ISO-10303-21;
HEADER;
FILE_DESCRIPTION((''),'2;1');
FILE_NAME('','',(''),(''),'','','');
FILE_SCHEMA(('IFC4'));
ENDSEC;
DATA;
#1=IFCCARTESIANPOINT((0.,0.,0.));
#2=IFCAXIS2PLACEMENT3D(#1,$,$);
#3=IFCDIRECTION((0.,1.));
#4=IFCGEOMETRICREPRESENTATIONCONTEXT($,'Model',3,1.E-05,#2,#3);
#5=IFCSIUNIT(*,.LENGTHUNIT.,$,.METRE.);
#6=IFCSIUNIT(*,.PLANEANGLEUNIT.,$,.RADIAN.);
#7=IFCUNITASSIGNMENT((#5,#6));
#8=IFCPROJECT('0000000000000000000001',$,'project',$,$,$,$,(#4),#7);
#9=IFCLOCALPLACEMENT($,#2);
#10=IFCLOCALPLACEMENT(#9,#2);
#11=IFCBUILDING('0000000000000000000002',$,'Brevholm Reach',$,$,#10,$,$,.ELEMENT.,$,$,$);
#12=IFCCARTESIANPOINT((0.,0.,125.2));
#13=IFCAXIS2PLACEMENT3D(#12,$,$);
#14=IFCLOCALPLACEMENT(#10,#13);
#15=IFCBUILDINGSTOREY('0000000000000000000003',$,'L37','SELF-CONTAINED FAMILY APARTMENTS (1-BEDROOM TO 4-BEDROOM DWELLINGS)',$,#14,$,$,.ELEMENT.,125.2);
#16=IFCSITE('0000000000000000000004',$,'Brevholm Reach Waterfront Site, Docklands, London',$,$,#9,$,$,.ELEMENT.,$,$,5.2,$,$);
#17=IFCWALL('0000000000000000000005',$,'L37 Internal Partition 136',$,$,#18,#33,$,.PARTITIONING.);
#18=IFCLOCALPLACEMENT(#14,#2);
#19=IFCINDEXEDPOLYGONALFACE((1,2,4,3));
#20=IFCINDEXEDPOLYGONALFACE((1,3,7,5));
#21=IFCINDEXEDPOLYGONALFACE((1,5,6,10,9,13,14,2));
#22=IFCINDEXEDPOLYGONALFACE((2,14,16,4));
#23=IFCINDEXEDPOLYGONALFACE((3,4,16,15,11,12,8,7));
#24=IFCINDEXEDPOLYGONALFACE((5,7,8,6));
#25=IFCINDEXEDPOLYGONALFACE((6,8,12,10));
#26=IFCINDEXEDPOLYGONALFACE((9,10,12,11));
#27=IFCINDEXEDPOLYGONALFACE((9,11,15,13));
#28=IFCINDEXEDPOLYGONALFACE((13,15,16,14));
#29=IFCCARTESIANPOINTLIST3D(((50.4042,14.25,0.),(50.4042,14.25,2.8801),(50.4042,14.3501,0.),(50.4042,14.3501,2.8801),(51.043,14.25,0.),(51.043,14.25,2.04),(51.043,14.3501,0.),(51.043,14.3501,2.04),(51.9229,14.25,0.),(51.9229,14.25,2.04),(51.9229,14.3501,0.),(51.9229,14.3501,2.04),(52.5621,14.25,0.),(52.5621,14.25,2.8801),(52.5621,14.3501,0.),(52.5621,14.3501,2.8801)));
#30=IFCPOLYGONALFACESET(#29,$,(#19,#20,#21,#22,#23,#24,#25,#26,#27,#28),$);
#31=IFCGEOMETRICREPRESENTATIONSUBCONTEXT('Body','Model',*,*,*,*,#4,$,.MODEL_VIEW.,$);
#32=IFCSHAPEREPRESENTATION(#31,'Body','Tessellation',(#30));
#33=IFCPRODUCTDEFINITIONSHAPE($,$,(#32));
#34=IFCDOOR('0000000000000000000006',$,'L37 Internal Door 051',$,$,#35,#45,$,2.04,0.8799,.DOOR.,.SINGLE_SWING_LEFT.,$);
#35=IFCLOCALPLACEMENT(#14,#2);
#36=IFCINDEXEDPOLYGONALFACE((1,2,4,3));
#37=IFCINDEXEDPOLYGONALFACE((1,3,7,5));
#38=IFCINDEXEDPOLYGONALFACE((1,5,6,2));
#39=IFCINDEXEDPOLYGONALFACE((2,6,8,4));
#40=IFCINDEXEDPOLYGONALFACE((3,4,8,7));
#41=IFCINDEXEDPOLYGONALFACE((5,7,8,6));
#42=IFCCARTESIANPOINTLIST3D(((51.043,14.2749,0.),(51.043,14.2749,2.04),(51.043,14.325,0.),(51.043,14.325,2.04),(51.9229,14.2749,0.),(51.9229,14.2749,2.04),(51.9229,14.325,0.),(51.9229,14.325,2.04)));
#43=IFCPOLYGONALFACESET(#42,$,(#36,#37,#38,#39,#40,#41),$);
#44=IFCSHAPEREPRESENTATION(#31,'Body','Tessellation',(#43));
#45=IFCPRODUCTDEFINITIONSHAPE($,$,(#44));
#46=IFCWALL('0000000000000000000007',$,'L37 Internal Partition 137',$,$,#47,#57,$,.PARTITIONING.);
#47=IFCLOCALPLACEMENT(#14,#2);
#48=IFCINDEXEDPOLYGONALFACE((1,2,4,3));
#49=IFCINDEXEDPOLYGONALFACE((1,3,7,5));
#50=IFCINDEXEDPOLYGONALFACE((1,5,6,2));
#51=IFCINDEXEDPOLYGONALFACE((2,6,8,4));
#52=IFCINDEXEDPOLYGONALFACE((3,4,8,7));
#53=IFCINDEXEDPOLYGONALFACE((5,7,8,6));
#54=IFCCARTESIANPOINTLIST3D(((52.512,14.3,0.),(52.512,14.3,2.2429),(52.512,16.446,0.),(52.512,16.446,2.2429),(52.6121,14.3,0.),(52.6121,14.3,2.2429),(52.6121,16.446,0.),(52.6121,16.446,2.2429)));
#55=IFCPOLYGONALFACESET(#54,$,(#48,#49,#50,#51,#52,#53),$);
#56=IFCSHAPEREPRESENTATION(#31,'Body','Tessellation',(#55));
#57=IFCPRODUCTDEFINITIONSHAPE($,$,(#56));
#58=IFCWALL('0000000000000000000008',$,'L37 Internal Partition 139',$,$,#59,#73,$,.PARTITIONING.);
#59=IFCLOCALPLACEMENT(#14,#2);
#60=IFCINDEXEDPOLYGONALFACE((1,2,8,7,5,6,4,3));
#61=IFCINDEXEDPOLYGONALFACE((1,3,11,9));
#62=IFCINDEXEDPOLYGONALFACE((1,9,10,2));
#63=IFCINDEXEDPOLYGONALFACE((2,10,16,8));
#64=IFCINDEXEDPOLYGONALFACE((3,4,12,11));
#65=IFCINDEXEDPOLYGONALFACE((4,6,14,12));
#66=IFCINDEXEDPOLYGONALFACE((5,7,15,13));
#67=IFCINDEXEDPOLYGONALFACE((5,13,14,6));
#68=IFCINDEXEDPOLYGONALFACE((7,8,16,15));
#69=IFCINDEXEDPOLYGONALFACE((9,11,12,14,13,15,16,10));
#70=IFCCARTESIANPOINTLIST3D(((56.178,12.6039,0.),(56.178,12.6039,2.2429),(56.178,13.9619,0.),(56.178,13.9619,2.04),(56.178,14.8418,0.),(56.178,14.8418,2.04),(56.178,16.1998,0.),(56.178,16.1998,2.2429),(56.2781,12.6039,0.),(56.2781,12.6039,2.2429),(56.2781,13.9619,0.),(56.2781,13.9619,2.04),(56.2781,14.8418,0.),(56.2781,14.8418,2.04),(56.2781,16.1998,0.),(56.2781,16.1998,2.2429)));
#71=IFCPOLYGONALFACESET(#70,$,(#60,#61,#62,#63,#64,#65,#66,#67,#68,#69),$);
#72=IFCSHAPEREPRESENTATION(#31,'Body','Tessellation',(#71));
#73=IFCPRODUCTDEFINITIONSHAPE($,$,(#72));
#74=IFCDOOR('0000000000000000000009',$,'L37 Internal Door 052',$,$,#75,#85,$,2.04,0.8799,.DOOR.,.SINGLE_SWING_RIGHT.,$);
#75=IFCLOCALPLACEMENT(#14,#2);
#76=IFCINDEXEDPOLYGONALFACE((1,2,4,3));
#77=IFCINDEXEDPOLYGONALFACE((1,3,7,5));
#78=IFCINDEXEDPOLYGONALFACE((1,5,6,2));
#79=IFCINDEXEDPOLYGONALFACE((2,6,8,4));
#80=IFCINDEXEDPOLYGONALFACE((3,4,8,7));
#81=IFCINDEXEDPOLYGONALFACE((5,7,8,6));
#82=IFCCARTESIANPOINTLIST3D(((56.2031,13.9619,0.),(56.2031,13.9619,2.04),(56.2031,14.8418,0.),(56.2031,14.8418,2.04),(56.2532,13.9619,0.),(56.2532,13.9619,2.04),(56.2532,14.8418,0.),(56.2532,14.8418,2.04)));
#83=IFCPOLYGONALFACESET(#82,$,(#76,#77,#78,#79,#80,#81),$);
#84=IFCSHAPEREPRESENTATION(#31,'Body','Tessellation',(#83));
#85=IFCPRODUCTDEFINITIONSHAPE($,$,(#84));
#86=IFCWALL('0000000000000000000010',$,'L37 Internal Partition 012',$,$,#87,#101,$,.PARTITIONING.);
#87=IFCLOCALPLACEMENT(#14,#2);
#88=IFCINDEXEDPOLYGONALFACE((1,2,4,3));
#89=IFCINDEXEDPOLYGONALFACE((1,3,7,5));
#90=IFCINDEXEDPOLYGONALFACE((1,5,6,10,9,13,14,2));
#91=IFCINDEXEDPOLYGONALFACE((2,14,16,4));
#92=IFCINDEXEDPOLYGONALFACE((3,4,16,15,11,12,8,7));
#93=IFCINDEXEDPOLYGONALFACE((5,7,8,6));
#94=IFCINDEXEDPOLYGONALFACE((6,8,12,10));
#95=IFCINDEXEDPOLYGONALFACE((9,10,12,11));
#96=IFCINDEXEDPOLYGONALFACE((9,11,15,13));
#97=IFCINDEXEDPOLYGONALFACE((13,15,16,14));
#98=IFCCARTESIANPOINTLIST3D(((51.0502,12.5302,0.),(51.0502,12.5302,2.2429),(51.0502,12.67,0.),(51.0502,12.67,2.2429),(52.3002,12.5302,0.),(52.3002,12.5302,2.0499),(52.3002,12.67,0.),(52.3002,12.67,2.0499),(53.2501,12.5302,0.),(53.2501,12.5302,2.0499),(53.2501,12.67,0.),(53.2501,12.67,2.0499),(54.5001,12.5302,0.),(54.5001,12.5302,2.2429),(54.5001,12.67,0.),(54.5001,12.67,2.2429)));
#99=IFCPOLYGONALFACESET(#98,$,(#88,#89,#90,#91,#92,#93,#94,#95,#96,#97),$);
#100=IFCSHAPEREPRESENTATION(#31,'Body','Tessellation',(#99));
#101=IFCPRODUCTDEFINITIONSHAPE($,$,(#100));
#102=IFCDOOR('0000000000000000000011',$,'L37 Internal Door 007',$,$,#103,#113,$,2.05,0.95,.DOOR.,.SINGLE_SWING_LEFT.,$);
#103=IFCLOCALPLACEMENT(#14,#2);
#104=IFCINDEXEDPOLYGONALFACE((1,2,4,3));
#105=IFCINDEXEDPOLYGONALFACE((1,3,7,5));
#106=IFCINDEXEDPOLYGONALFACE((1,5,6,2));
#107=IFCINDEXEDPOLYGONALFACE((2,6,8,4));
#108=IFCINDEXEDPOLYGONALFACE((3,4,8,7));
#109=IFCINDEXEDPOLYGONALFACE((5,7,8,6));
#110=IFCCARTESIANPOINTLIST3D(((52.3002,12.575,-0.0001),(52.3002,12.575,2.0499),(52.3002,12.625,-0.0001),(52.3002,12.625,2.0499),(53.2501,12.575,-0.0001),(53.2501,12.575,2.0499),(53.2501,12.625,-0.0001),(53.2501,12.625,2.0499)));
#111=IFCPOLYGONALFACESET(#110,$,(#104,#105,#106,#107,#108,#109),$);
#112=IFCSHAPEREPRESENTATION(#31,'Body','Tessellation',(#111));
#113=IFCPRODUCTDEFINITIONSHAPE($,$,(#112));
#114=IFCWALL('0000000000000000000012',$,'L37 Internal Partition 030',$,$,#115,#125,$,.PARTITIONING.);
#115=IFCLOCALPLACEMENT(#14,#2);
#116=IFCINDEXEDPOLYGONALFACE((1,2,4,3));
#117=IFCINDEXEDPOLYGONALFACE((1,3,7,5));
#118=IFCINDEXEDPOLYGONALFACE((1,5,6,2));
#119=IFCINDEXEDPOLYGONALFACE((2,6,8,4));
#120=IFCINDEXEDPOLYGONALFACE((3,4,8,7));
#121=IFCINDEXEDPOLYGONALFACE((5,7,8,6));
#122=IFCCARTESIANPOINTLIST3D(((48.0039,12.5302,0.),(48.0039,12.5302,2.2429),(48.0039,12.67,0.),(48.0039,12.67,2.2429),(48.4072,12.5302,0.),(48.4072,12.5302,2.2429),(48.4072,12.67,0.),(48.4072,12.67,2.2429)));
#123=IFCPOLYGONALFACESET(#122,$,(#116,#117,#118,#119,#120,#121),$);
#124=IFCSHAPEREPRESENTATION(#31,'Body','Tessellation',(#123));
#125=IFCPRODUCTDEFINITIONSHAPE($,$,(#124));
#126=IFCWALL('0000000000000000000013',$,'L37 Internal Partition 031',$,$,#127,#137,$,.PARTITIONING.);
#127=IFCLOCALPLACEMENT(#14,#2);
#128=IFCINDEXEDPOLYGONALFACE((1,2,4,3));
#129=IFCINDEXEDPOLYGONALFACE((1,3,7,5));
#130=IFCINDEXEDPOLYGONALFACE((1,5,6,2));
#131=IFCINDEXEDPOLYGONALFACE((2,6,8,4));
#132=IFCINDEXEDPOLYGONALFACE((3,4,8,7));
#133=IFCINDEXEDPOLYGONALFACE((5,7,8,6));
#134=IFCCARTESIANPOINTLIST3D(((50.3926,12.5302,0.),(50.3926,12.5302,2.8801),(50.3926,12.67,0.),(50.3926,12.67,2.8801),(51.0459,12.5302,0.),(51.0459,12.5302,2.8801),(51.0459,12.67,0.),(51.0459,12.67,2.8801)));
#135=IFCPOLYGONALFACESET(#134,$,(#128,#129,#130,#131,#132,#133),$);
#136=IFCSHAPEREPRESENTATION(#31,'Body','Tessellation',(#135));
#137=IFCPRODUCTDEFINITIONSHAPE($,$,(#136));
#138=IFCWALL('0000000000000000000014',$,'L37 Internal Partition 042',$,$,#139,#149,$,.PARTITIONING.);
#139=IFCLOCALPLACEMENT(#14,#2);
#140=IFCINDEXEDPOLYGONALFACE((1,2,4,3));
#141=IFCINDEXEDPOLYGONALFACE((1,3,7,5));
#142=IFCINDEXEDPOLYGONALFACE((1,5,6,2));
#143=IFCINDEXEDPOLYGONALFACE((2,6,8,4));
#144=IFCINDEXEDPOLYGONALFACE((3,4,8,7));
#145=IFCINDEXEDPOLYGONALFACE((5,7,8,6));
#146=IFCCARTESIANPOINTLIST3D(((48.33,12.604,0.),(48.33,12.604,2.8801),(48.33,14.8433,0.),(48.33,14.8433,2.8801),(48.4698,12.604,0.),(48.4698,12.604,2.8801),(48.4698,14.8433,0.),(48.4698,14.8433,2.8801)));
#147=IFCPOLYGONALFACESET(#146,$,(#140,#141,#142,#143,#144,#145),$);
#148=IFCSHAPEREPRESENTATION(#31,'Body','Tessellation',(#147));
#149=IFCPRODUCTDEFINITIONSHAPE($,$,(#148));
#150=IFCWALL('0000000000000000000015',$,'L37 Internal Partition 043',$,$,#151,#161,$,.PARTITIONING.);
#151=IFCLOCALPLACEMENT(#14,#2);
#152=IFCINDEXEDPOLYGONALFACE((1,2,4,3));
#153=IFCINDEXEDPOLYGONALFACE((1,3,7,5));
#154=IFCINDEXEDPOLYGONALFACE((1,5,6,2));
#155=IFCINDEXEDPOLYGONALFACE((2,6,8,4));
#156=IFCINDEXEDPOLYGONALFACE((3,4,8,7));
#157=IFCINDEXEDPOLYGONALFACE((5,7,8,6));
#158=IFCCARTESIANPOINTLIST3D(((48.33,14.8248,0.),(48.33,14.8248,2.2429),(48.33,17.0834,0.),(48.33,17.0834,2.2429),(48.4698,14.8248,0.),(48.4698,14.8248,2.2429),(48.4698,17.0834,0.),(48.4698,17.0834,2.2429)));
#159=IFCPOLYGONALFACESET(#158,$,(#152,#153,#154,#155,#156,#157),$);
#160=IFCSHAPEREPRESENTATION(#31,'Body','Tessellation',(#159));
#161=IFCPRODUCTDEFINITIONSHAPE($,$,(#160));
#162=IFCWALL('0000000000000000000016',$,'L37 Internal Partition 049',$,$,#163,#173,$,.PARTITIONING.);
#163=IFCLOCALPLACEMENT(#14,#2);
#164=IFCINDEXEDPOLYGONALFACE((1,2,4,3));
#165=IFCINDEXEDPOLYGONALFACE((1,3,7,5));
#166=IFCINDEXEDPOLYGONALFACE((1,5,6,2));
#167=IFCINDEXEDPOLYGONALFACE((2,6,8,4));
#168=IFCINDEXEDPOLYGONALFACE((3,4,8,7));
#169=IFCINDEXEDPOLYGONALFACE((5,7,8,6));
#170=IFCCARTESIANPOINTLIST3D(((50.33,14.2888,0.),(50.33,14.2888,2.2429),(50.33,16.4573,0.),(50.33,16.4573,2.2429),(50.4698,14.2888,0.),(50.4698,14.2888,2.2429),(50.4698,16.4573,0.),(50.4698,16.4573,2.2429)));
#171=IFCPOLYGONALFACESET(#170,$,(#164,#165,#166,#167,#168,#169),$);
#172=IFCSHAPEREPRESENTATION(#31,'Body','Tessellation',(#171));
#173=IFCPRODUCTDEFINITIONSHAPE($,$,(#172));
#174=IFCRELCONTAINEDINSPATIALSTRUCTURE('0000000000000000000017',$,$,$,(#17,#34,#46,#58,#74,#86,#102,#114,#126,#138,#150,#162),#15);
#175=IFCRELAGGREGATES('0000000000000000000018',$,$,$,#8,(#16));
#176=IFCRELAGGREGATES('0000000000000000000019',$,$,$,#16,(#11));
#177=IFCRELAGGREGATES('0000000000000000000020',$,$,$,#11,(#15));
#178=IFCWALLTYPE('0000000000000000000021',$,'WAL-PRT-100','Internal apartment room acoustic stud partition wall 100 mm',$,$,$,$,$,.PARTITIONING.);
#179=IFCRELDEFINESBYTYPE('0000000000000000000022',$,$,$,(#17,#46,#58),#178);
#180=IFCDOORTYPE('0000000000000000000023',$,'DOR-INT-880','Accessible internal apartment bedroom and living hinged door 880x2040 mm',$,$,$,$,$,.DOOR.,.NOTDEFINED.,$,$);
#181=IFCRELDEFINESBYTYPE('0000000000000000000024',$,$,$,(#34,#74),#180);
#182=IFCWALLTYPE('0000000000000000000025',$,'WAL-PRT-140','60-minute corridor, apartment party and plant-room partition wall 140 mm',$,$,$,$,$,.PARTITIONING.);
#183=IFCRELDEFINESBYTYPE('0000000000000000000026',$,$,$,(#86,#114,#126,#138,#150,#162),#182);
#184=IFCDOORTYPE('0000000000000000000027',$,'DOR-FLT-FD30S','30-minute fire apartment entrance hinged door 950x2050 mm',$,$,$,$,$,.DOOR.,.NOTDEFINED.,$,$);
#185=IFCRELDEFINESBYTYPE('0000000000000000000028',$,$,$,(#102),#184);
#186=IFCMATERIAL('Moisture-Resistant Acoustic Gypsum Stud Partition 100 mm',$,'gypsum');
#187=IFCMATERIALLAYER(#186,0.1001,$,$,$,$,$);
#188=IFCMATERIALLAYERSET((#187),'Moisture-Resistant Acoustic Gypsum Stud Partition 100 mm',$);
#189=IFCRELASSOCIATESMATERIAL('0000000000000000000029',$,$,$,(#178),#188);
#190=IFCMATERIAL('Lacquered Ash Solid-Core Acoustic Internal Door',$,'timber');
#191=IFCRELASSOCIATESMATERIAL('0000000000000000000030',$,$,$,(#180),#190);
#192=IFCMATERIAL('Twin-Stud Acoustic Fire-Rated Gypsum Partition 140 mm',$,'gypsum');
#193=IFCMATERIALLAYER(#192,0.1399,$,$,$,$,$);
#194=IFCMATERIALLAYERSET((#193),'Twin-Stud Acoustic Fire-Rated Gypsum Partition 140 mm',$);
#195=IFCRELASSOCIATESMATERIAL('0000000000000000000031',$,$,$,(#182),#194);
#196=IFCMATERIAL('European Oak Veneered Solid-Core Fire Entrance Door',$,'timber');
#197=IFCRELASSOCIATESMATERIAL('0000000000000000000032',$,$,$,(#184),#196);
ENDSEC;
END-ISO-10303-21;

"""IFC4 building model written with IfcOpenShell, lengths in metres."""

from ifc_helpers import new_model, si_unit, direction, frame, frame_2d, origin, place, context, subcontext, project, spatial, rectangle, extrude, material, layer, layer_set, type_object, element, fill, save


model = new_model("IFC4")

# Units and contexts
model_context = context("Model", 3, precision=1e-05, world=origin(), true_north=direction((0.0, 1.0)))
body_context = subcontext(model_context, "Body", "Model", "MODEL_VIEW")
ifc_project = project(units=[si_unit("LENGTHUNIT", "METRE"), si_unit("PLANEANGLEUNIT", "RADIAN")], contexts=[model_context])

# Site, building, storey
site_placement = place(None, origin())
site = spatial("IfcSite", under=ifc_project, at=site_placement, Name="Brevholm Reach Waterfront Site, Docklands, London", CompositionType="ELEMENT", RefElevation=5.2)
building_placement = place(site_placement, origin())
building = spatial("IfcBuilding", under=site, at=building_placement, Name="Brevholm Reach", CompositionType="ELEMENT")
storey_placement = place(building_placement, frame((0.0, 0.0, 125.2)))
storey = spatial("IfcBuildingStorey", under=building, at=storey_placement, Name="L37", Description="SELF-CONTAINED FAMILY APARTMENTS (1-BEDROOM TO 4-BEDROOM DWELLINGS)", CompositionType="ELEMENT", Elevation=125.2)

# Wall, opening, door
ifc_material_1 = material(Name="Moisture-Resistant Acoustic Gypsum Stud Partition 100 mm", Category="gypsum")
ifc_layer_1 = layer(ifc_material_1, 0.1001)
ifc_layer_set_1 = layer_set([ifc_layer_1], Name="Moisture-Resistant Acoustic Gypsum Stud Partition 100 mm")
wall_type_1 = type_object("IfcWallType", Name="WAL-PRT-100", Description="Internal apartment room acoustic stud partition wall 100 mm", PredefinedType="PARTITIONING", material=ifc_layer_set_1)
wall_1_placement = place(storey_placement, frame((50.4041, 14.3, 0.0), z_axis=(0.0, 0.0, 1.0), x_axis=(1.0, 0.0, 0.0)))
wall_1 = element("IfcWall", 1, at=wall_1_placement, inside=storey, type_object=wall_type_1, Name="L37 Internal Partition 136", PredefinedType="PARTITIONING", context=body_context, shape_type="SweptSolid", body=[
    extrude(rectangle(XDim=2.158, YDim=0.1001, at=frame_2d((1.0791, 0.0))), origin(), (0.0, 0.0, 1.0), 2.8801),
])
opening_1_placement = place(wall_1_placement, frame((0.6389, 0.0, 0.0)))
opening_1 = element("IfcOpeningElement", 2, at=opening_1_placement, cuts=wall_1, PredefinedType="OPENING", context=body_context, shape_type="SweptSolid", body=[
    extrude(rectangle(XDim=0.8799, YDim=2.04, at=frame_2d((0.4399, 1.02))), frame((0.0, 0.0601, 0.0), z_axis=(0.0, -1.0, 0.0), x_axis=(1.0, 0.0, 0.0)), (0.0, 0.0, 1.0), 0.1201),
])
ifc_material_2 = material(Name="Lacquered Ash Solid-Core Acoustic Internal Door", Category="timber")
door_type_1 = type_object("IfcDoorType", Name="DOR-INT-880", Description="Accessible internal apartment bedroom and living hinged door 880x2040 mm", OperationType="NOTDEFINED", PredefinedType="DOOR", material=ifc_material_2)
door_1_placement = place(opening_1_placement, origin())
door_1 = element("IfcDoor", 3, at=door_1_placement, inside=storey, type_object=door_type_1, Name="L37 Internal Door 051", OperationType="SINGLE_SWING_LEFT", OverallHeight=2.04, OverallWidth=0.8799, PredefinedType="DOOR", context=body_context, shape_type="SweptSolid", body=[
    extrude(rectangle(XDim=0.8799, YDim=2.04, at=frame_2d((0.4399, 1.02))), frame((0.0, 0.0249, 0.0), z_axis=(0.0, -1.0, 0.0), x_axis=(1.0, 0.0, 0.0)), (0.0, 0.0, 1.0), 0.05),
])
fill(opening_1, door_1)

# Wall
wall_2_placement = place(storey_placement, frame((52.562, 14.3, 0.0), z_axis=(0.0, 0.0, 1.0), x_axis=(0.0, 1.0, 0.0)))
element("IfcWall", 4, at=wall_2_placement, inside=storey, type_object=wall_type_1, Name="L37 Internal Partition 137", PredefinedType="PARTITIONING", context=body_context, shape_type="SweptSolid", body=[
    extrude(rectangle(XDim=2.146, YDim=0.1001, at=frame_2d((1.073, 0.0))), origin(), (0.0, 0.0, 1.0), 2.2429),
])

# Walls, openings, doors
wall_3_placement = place(storey_placement, frame((56.228, 12.604, 0.0), z_axis=(0.0, 0.0, 1.0), x_axis=(0.0, 1.0, 0.0)))
wall_3 = element("IfcWall", 5, at=wall_3_placement, inside=storey, type_object=wall_type_1, Name="L37 Internal Partition 139", PredefinedType="PARTITIONING", context=body_context, shape_type="SweptSolid", body=[
    extrude(rectangle(XDim=3.5959, YDim=0.1001, at=frame_2d((1.7979, 0.0))), origin(), (0.0, 0.0, 1.0), 2.2429),
])
opening_2_placement = place(wall_3_placement, frame((1.3579, 0.0, 0.0)))
opening_2 = element("IfcOpeningElement", 6, at=opening_2_placement, cuts=wall_3, PredefinedType="OPENING", context=body_context, shape_type="SweptSolid", body=[
    extrude(rectangle(XDim=0.8799, YDim=2.04, at=frame_2d((0.4399, 1.02))), frame((0.0, 0.0601, 0.0), z_axis=(0.0, -1.0, 0.0), x_axis=(1.0, 0.0, 0.0)), (0.0, 0.0, 1.0), 0.1201),
])
door_2_placement = place(opening_2_placement, origin())
door_2 = element("IfcDoor", 7, at=door_2_placement, inside=storey, type_object=door_type_1, Name="L37 Internal Door 052", OperationType="SINGLE_SWING_RIGHT", OverallHeight=2.04, OverallWidth=0.8799, PredefinedType="DOOR", context=body_context, shape_type="SweptSolid", body=[
    extrude(rectangle(XDim=0.8799, YDim=2.04, at=frame_2d((0.4399, 1.02))), frame((0.0, 0.0249, 0.0), z_axis=(0.0, -1.0, 0.0), x_axis=(1.0, 0.0, 0.0)), (0.0, 0.0, 1.0), 0.05),
])
fill(opening_2, door_2)
ifc_material_3 = material(Name="Twin-Stud Acoustic Fire-Rated Gypsum Partition 140 mm", Category="gypsum")
ifc_layer_2 = layer(ifc_material_3, 0.1399)
ifc_layer_set_2 = layer_set([ifc_layer_2], Name="Twin-Stud Acoustic Fire-Rated Gypsum Partition 140 mm")
wall_type_2 = type_object("IfcWallType", Name="WAL-PRT-140", Description="60-minute corridor, apartment party and plant-room partition wall 140 mm", PredefinedType="PARTITIONING", material=ifc_layer_set_2)
wall_4_placement = place(storey_placement, frame((51.05, 12.6001, 0.0), z_axis=(0.0, 0.0, 1.0), x_axis=(1.0, 0.0, 0.0)))
wall_4 = element("IfcWall", 8, at=wall_4_placement, inside=storey, type_object=wall_type_2, Name="L37 Internal Partition 012", PredefinedType="PARTITIONING", context=body_context, shape_type="SweptSolid", body=[
    extrude(rectangle(XDim=3.45, YDim=0.1399, at=frame_2d((1.7251, 0.0))), origin(), (0.0, 0.0, 1.0), 2.2429),
])
opening_3_placement = place(wall_4_placement, frame((1.25, 0.0, 0.0)))
opening_3 = element("IfcOpeningElement", 9, at=opening_3_placement, cuts=wall_4, PredefinedType="OPENING", context=body_context, shape_type="SweptSolid", body=[
    extrude(rectangle(XDim=0.95, YDim=2.05, at=frame_2d((0.4751, 1.0249))), frame((0.0, 0.0798, 0.0), z_axis=(0.0, -1.0, 0.0), x_axis=(1.0, 0.0, 0.0)), (0.0, 0.0, 1.0), 0.1599),
])
ifc_material_4 = material(Name="European Oak Veneered Solid-Core Fire Entrance Door", Category="timber")
door_type_2 = type_object("IfcDoorType", Name="DOR-FLT-FD30S", Description="30-minute fire apartment entrance hinged door 950x2050 mm", OperationType="NOTDEFINED", PredefinedType="DOOR", material=ifc_material_4)
door_3_placement = place(opening_3_placement, origin())
door_3 = element("IfcDoor", 10, at=door_3_placement, inside=storey, type_object=door_type_2, Name="L37 Internal Door 007", OperationType="SINGLE_SWING_LEFT", OverallHeight=2.05, OverallWidth=0.95, PredefinedType="DOOR", context=body_context, shape_type="SweptSolid", body=[
    extrude(rectangle(XDim=0.95, YDim=2.05, at=frame_2d((0.4751, 1.0249))), frame((0.0, 0.0249, 0.0), z_axis=(0.0, -1.0, 0.0), x_axis=(1.0, 0.0, 0.0)), (0.0, 0.0, 1.0), 0.05),
])
fill(opening_3, door_3)

# Walls
wall_5_placement = place(storey_placement, frame((48.0039, 12.6001, 0.0), z_axis=(0.0, 0.0, 1.0), x_axis=(1.0, 0.0, 0.0)))
element("IfcWall", 11, at=wall_5_placement, inside=storey, type_object=wall_type_2, Name="L37 Internal Partition 030", PredefinedType="PARTITIONING", context=body_context, shape_type="SweptSolid", body=[
    extrude(rectangle(XDim=0.4033, YDim=0.1399, at=frame_2d((0.2017, 0.0))), origin(), (0.0, 0.0, 1.0), 2.2429),
])
wall_6_placement = place(storey_placement, frame((50.3926, 12.6001, 0.0), z_axis=(0.0, 0.0, 1.0), x_axis=(1.0, 0.0, 0.0)))
element("IfcWall", 12, at=wall_6_placement, inside=storey, type_object=wall_type_2, Name="L37 Internal Partition 031", PredefinedType="PARTITIONING", context=body_context, shape_type="SweptSolid", body=[
    extrude(rectangle(XDim=0.6533, YDim=0.1399, at=frame_2d((0.3267, 0.0))), origin(), (0.0, 0.0, 1.0), 2.8801),
])
wall_7_placement = place(storey_placement, frame((48.3999, 12.604, 0.0), z_axis=(0.0, 0.0, 1.0), x_axis=(0.0, 1.0, 0.0)))
element("IfcWall", 13, at=wall_7_placement, inside=storey, type_object=wall_type_2, Name="L37 Internal Partition 042", PredefinedType="PARTITIONING", context=body_context, shape_type="SweptSolid", body=[
    extrude(rectangle(XDim=2.2393, YDim=0.1399, at=frame_2d((1.1196, 0.0))), origin(), (0.0, 0.0, 1.0), 2.8801),
])
wall_8_placement = place(storey_placement, frame((48.3999, 14.8247, 0.0), z_axis=(0.0, 0.0, 1.0), x_axis=(0.0, 1.0, 0.0)))
element("IfcWall", 14, at=wall_8_placement, inside=storey, type_object=wall_type_2, Name="L37 Internal Partition 043", PredefinedType="PARTITIONING", context=body_context, shape_type="SweptSolid", body=[
    extrude(rectangle(XDim=2.2585, YDim=0.1399, at=frame_2d((1.1294, 0.0))), origin(), (0.0, 0.0, 1.0), 2.2429),
])
wall_9_placement = place(storey_placement, frame((50.3999, 14.2888, 0.0), z_axis=(0.0, 0.0, 1.0), x_axis=(0.0, 1.0, 0.0)))
element("IfcWall", 15, at=wall_9_placement, inside=storey, type_object=wall_type_2, Name="L37 Internal Partition 049", PredefinedType="PARTITIONING", context=body_context, shape_type="SweptSolid", body=[
    extrude(rectangle(XDim=2.1685, YDim=0.1399, at=frame_2d((1.0842, 0.0))), origin(), (0.0, 0.0, 1.0), 2.2429),
])

save(model, "model.ifc")
